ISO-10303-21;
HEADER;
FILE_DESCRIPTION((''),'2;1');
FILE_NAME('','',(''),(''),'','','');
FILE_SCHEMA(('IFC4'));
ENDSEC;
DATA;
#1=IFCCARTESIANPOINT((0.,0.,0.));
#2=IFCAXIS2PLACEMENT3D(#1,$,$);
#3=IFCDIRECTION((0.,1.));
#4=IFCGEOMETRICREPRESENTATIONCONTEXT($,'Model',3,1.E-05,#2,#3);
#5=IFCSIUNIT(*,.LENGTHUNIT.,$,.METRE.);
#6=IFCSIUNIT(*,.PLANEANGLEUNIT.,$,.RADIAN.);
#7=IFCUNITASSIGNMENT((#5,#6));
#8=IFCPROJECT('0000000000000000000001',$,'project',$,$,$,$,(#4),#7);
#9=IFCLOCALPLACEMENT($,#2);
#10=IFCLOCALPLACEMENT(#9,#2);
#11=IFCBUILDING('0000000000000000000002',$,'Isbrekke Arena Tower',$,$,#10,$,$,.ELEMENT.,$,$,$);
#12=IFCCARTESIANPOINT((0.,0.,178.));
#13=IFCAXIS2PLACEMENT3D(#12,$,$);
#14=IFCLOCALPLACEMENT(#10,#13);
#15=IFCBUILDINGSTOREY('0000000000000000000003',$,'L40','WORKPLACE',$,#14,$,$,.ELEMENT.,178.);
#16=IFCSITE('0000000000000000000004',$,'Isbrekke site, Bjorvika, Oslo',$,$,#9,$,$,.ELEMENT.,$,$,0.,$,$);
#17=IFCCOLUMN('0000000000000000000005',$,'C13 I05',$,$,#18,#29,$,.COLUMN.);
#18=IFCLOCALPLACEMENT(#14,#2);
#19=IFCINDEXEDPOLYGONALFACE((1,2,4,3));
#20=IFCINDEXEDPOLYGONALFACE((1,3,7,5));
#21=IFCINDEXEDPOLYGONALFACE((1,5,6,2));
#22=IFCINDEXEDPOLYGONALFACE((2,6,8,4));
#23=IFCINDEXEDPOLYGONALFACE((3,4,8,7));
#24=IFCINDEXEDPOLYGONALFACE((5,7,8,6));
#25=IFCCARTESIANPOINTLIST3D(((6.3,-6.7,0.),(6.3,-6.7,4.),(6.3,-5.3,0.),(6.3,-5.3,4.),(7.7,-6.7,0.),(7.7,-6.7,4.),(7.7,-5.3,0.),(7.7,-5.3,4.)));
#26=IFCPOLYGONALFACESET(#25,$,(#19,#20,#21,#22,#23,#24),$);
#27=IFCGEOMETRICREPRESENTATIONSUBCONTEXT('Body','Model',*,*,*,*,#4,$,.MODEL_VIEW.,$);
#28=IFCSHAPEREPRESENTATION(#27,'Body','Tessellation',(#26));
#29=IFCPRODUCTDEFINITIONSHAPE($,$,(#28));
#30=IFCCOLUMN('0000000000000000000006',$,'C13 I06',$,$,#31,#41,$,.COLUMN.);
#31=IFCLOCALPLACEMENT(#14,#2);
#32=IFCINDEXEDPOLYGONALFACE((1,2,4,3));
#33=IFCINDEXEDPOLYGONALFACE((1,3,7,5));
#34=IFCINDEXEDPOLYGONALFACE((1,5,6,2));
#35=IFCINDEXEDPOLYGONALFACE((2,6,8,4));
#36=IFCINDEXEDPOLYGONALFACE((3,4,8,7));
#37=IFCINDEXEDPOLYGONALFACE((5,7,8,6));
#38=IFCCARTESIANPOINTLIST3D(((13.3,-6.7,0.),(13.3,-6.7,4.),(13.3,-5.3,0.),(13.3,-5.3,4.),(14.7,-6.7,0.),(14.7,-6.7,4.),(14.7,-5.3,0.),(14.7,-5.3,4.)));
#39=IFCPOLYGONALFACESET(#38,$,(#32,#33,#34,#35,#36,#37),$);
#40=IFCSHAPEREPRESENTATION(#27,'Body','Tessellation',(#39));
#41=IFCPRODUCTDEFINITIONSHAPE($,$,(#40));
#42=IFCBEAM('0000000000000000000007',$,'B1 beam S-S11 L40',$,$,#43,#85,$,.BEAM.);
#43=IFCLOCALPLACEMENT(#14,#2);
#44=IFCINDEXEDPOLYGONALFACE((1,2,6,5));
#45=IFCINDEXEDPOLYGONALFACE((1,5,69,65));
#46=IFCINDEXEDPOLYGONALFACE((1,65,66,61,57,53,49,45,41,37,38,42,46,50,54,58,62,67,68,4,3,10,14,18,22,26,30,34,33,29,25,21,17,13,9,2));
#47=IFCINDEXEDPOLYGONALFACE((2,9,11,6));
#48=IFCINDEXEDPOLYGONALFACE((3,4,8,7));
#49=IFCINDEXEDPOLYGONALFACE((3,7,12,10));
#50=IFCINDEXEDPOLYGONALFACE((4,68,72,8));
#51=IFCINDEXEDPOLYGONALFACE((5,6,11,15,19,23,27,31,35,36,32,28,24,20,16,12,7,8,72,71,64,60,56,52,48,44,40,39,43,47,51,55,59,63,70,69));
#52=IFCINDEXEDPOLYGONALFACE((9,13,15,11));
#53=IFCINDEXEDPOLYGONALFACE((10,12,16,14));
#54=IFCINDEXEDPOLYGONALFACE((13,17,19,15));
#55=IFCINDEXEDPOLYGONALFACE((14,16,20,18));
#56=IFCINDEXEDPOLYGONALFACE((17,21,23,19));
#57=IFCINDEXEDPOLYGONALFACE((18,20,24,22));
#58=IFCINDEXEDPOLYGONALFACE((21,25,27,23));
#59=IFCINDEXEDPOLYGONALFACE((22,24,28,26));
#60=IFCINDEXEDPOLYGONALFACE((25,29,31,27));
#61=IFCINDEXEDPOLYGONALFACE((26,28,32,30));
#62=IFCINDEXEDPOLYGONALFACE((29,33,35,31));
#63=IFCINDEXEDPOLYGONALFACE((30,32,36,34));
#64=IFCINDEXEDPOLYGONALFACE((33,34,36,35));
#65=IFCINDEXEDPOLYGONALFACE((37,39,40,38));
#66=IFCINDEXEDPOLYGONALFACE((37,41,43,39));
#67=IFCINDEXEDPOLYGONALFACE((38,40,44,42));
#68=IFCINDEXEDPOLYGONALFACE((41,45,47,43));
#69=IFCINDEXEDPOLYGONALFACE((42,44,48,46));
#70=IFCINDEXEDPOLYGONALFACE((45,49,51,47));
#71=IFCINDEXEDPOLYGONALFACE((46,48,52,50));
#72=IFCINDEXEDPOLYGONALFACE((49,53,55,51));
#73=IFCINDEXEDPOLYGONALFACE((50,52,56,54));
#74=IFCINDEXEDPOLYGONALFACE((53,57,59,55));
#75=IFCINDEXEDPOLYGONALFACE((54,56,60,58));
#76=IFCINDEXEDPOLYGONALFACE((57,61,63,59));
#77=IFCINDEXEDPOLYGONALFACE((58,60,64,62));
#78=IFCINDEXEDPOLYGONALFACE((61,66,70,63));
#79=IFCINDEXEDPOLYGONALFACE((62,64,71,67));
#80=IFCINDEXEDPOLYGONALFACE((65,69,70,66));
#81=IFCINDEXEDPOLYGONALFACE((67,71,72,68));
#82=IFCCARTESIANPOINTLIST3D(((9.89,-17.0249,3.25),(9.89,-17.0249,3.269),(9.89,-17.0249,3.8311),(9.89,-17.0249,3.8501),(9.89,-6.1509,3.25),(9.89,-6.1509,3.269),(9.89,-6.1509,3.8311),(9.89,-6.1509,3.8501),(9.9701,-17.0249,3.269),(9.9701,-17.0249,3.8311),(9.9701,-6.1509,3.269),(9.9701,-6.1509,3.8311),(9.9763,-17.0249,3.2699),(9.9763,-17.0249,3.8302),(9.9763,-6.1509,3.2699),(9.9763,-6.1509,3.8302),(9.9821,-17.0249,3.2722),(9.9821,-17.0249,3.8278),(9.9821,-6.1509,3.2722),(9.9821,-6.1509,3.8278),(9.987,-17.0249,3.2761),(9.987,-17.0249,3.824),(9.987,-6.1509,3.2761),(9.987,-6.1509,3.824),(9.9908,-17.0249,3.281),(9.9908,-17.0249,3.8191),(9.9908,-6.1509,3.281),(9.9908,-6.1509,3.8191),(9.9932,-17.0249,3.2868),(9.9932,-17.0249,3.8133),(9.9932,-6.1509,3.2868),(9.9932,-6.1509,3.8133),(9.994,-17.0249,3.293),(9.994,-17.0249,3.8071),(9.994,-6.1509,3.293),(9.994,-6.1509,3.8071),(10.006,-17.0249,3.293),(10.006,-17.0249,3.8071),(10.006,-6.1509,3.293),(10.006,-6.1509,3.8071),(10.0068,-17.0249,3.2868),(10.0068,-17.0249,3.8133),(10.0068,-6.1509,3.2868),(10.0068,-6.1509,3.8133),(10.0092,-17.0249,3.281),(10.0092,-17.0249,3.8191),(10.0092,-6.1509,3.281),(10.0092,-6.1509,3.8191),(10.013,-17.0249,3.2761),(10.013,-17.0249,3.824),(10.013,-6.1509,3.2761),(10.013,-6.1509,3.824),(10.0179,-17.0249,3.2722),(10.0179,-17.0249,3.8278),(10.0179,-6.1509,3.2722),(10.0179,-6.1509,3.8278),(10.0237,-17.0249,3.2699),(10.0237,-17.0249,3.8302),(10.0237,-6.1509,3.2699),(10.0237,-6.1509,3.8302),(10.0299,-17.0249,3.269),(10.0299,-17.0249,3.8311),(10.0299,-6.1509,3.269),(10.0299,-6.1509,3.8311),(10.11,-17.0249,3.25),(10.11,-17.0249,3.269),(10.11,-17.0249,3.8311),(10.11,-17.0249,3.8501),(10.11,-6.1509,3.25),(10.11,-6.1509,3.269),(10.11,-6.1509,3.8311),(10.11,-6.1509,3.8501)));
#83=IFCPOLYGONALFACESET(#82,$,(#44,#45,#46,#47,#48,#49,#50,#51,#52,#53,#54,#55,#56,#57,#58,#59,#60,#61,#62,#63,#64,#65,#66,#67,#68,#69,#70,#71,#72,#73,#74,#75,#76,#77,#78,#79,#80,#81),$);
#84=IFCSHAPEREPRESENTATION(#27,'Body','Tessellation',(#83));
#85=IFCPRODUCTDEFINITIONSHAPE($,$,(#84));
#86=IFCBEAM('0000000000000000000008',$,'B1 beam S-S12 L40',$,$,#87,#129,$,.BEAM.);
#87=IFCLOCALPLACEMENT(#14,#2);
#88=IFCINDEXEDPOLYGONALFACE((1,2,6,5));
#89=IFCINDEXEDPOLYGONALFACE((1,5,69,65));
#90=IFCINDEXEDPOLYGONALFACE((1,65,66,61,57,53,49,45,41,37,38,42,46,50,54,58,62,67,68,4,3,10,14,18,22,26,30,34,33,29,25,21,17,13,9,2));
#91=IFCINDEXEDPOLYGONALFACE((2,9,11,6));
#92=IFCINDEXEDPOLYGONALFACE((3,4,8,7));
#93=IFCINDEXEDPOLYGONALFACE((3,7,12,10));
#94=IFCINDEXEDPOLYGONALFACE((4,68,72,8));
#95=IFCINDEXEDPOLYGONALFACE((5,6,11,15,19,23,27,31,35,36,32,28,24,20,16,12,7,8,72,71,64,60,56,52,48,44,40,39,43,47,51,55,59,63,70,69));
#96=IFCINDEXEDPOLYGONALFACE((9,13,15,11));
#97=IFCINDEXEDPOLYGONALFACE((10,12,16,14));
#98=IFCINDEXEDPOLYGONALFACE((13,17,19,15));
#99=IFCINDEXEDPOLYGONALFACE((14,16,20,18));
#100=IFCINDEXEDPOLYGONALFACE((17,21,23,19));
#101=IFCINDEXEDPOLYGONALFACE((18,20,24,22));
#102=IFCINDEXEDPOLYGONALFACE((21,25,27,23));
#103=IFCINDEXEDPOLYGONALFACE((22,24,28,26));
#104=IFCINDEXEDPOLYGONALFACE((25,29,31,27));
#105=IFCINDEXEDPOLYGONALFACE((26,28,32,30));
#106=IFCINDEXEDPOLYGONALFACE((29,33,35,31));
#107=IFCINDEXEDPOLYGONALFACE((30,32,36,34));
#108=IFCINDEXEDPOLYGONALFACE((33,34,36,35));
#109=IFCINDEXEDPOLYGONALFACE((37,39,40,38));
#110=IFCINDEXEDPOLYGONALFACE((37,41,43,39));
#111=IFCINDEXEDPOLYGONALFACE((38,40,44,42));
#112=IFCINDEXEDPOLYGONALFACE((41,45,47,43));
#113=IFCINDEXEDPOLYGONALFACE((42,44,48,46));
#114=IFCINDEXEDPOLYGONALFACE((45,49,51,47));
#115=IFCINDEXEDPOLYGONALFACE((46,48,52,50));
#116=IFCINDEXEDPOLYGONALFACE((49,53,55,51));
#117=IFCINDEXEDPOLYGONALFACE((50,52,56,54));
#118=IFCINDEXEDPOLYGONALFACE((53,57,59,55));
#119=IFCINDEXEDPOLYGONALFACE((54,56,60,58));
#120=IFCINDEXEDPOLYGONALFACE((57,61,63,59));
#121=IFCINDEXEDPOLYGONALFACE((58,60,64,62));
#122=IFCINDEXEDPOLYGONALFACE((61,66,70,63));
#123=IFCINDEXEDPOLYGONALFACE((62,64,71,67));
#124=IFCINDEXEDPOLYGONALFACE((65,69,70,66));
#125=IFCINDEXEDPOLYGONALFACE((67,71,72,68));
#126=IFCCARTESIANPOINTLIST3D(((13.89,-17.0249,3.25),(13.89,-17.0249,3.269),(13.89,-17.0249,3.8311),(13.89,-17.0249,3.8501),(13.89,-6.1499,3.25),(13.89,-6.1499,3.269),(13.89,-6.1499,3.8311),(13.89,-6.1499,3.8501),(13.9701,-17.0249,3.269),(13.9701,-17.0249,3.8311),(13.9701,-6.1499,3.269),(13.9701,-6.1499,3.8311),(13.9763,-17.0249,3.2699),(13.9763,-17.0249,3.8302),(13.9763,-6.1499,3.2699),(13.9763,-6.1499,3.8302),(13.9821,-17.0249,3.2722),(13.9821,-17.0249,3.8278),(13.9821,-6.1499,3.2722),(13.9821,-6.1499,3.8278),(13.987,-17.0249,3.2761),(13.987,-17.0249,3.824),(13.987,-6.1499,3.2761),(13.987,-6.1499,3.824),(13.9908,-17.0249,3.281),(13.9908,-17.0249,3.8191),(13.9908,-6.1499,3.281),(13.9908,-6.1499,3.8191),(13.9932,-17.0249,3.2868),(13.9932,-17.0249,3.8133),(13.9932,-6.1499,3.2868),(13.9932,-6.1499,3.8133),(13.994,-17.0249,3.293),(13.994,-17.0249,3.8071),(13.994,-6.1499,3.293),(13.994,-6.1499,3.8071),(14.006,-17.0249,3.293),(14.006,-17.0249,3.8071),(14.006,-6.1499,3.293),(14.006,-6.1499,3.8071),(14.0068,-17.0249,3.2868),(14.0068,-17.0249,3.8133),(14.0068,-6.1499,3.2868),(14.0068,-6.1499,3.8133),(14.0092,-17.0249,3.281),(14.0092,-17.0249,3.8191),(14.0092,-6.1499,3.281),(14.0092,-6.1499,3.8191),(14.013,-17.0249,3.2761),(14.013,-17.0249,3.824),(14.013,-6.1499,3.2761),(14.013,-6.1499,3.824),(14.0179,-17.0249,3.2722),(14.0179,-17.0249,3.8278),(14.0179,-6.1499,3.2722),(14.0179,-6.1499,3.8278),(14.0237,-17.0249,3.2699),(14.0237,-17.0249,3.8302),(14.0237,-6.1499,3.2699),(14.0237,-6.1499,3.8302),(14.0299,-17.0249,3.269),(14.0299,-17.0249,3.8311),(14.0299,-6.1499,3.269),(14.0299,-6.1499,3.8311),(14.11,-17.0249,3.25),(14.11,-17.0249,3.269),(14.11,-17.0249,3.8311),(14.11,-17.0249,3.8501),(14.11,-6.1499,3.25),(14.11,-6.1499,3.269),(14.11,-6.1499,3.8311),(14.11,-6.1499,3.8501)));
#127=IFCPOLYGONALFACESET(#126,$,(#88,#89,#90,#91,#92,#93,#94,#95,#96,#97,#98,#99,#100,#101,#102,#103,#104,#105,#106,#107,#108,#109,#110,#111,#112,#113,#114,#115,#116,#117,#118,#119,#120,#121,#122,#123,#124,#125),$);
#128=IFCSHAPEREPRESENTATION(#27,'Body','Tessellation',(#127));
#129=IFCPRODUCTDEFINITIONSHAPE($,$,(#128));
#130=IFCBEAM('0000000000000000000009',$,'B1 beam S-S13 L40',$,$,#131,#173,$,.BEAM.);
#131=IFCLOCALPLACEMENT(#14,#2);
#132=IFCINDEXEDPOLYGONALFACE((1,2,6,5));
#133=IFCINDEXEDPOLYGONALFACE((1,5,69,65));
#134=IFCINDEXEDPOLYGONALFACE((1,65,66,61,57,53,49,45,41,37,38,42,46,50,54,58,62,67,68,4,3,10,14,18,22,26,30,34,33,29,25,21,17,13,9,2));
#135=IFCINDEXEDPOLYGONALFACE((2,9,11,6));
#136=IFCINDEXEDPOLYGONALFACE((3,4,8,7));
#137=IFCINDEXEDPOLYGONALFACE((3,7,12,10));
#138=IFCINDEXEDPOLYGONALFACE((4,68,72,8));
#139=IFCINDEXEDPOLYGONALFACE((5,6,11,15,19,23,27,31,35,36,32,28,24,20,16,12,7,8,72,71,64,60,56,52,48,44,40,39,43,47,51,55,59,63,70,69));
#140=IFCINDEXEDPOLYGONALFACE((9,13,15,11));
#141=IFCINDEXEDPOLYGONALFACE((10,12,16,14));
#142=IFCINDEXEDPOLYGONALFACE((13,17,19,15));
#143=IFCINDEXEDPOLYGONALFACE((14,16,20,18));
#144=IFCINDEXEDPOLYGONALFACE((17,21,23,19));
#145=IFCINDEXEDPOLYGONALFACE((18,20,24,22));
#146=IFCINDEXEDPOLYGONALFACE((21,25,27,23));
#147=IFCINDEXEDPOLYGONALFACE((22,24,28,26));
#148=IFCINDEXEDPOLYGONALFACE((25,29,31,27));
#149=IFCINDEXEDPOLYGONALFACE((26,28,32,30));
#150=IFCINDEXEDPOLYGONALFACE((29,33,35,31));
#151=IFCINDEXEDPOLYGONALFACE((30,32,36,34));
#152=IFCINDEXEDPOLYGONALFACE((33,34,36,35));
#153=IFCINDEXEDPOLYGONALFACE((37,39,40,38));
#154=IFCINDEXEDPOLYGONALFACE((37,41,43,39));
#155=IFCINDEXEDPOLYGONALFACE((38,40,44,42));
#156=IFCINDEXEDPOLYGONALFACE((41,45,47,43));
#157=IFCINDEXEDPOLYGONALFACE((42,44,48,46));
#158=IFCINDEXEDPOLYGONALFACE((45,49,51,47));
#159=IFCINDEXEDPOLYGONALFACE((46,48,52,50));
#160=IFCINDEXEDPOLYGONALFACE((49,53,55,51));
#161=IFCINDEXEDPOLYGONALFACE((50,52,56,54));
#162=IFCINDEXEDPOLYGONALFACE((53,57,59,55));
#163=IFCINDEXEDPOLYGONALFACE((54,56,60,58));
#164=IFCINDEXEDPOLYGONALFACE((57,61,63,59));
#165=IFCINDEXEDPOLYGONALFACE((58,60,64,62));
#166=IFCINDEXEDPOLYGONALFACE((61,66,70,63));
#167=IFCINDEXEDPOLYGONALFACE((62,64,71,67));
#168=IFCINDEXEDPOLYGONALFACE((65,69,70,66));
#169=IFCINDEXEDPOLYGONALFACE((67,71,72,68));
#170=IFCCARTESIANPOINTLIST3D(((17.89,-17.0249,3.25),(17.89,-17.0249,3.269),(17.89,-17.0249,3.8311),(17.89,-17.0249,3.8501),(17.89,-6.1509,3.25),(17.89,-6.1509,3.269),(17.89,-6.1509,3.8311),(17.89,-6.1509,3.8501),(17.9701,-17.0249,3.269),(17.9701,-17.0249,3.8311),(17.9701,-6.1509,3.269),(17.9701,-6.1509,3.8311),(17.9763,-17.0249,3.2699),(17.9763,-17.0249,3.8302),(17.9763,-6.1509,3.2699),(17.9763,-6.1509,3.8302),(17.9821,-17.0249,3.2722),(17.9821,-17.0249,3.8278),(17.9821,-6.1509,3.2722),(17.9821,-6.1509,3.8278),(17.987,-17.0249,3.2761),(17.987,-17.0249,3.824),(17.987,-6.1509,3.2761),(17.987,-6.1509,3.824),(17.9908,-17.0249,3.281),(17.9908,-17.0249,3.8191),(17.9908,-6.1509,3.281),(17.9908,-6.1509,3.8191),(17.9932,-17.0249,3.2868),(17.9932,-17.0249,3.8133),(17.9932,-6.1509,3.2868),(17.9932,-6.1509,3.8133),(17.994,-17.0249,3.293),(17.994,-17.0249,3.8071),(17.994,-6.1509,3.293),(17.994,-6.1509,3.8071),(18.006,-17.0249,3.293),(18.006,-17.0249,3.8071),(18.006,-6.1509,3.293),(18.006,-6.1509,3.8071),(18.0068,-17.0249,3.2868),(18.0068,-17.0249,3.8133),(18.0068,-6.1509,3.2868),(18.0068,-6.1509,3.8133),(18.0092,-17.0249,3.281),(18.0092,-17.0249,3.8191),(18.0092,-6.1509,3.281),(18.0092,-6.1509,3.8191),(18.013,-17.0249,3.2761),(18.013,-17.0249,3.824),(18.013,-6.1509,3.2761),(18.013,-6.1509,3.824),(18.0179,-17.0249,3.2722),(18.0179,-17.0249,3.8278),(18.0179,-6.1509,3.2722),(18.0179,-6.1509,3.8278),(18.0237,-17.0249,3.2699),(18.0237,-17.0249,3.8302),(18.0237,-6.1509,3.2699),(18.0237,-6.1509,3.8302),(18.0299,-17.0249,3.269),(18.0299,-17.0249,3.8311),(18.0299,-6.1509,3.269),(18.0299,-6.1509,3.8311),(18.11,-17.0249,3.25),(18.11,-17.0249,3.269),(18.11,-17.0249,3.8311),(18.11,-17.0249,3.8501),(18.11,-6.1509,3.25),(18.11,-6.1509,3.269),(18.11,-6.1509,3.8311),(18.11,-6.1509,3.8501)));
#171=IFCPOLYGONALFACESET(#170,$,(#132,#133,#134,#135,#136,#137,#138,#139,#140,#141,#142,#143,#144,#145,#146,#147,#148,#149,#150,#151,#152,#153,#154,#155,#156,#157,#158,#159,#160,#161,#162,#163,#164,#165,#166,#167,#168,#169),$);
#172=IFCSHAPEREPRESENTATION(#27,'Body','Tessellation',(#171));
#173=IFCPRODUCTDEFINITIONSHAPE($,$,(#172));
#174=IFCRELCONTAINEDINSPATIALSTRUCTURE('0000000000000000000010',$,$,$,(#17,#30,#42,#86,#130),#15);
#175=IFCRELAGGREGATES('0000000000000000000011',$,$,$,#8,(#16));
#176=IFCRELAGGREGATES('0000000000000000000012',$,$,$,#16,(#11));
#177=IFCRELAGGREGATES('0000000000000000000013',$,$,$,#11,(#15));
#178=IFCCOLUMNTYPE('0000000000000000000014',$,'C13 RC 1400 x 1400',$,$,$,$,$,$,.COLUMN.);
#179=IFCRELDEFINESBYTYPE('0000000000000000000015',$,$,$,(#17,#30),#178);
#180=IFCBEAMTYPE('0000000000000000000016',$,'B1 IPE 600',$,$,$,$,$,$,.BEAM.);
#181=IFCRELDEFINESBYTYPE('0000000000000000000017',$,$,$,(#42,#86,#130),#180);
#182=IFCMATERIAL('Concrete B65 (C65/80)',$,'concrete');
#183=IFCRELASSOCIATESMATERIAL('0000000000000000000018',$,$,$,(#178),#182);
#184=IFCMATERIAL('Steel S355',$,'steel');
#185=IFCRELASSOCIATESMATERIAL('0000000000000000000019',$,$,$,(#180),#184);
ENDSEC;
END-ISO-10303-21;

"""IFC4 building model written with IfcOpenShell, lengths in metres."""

from ifc_helpers import new_model, si_unit, direction, frame, origin, origin_2d, place, context, subcontext, project, spatial, rectangle, i_section, extrude, material, material_profile, profile_set, type_object, element, save


model = new_model("IFC4")

# Units and contexts
model_context = context("Model", 3, precision=1e-05, world=origin(), true_north=direction((0.0, 1.0)))
body_context = subcontext(model_context, "Body", "Model", "MODEL_VIEW")
ifc_project = project(units=[si_unit("LENGTHUNIT", "METRE"), si_unit("PLANEANGLEUNIT", "RADIAN")], contexts=[model_context])

# Site, building, storey
site_placement = place(None, origin())
site = spatial("IfcSite", under=ifc_project, at=site_placement, Name="Isbrekke site, Bjorvika, Oslo", CompositionType="ELEMENT", RefElevation=0.0)
building_placement = place(site_placement, origin())
building = spatial("IfcBuilding", under=site, at=building_placement, Name="Isbrekke Arena Tower", CompositionType="ELEMENT")
storey_placement = place(building_placement, frame((0.0, 0.0, 178.0)))
storey = spatial("IfcBuildingStorey", under=building, at=storey_placement, Name="L40", Description="WORKPLACE", CompositionType="ELEMENT", Elevation=178.0)

# Columns
ifc_material_1 = material(Name="Concrete B65 (C65/80)", Category="concrete")
ifc_material_profile_1 = material_profile(ifc_material_1, rectangle(XDim=1.3999, YDim=1.3999, at=origin_2d()), Name="RC 1400x1400")
ifc_profile_set_1 = profile_set([ifc_material_profile_1], Name="Concrete B65 (C65/80)")
column_type = type_object("IfcColumnType", Name="C13 RC 1400 x 1400", PredefinedType="COLUMN", material=ifc_profile_set_1)
for number, where, z_axis, x_axis, name in (
    (1, (7.0, -6.0, 0.0), (0.0, 0.0, 1.0), (1.0, 0.0, 0.0), "C13 I05"),
    (2, (14.0, -6.0, 0.0), (0.0, 0.0, 1.0), (1.0, 0.0, 0.0), "C13 I06"),
):
    element("IfcColumn", number, at=place(storey_placement, frame(where, z_axis=z_axis, x_axis=x_axis)), inside=storey, type_object=column_type, Name=name, PredefinedType="COLUMN", context=body_context, shape_type="SweptSolid", body=[
        extrude(rectangle(XDim=1.3999, YDim=1.3999, at=origin_2d()), origin(), (0.0, 0.0, 1.0), 4.0),
    ])

# Beams
ifc_material_2 = material(Name="Steel S355", Category="steel")
ifc_material_profile_2 = material_profile(ifc_material_2, i_section(OverallWidth=0.22, OverallDepth=0.6001, WebThickness=0.012, FlangeThickness=0.019, FilletRadius=0.0239, at=origin_2d()), Name="IPE 600")
ifc_profile_set_2 = profile_set([ifc_material_profile_2], Name="Steel S355")
beam_type_1 = type_object("IfcBeamType", Name="B1 IPE 600", PredefinedType="BEAM", material=ifc_profile_set_2)
beam_1_placement = place(storey_placement, frame((10.0, -17.0249, 3.55), z_axis=(0.0, 1.0, 0.0), x_axis=(-1.0, 0.0, 0.0)))
element("IfcBeam", 3, at=beam_1_placement, inside=storey, type_object=beam_type_1, Name="B1 beam S-S11 L40", PredefinedType="BEAM", context=body_context, shape_type="SweptSolid", body=[
    extrude(i_section(OverallWidth=0.22, OverallDepth=0.6001, WebThickness=0.012, FlangeThickness=0.019, FilletRadius=0.0239, at=origin_2d()), origin(), (0.0, 0.0, 1.0), 10.874),
])
beam_2_placement = place(storey_placement, frame((14.0, -17.0249, 3.55), z_axis=(0.0, 1.0, 0.0), x_axis=(-1.0, 0.0, 0.0)))
element("IfcBeam", 4, at=beam_2_placement, inside=storey, type_object=beam_type_1, Name="B1 beam S-S12 L40", PredefinedType="BEAM", context=body_context, shape_type="SweptSolid", body=[
    extrude(i_section(OverallWidth=0.22, OverallDepth=0.6001, WebThickness=0.012, FlangeThickness=0.019, FilletRadius=0.0239, at=origin_2d()), origin(), (0.0, 0.0, 1.0), 10.875),
])
beam_3_placement = place(storey_placement, frame((18.0, -17.0249, 3.55), z_axis=(0.0, 1.0, 0.0), x_axis=(-1.0, 0.0, 0.0)))
element("IfcBeam", 5, at=beam_3_placement, inside=storey, type_object=beam_type_1, Name="B1 beam S-S13 L40", PredefinedType="BEAM", context=body_context, shape_type="SweptSolid", body=[
    extrude(i_section(OverallWidth=0.22, OverallDepth=0.6001, WebThickness=0.012, FlangeThickness=0.019, FilletRadius=0.0239, at=origin_2d()), origin(), (0.0, 0.0, 1.0), 10.874),
])

save(model, "model.ifc")
